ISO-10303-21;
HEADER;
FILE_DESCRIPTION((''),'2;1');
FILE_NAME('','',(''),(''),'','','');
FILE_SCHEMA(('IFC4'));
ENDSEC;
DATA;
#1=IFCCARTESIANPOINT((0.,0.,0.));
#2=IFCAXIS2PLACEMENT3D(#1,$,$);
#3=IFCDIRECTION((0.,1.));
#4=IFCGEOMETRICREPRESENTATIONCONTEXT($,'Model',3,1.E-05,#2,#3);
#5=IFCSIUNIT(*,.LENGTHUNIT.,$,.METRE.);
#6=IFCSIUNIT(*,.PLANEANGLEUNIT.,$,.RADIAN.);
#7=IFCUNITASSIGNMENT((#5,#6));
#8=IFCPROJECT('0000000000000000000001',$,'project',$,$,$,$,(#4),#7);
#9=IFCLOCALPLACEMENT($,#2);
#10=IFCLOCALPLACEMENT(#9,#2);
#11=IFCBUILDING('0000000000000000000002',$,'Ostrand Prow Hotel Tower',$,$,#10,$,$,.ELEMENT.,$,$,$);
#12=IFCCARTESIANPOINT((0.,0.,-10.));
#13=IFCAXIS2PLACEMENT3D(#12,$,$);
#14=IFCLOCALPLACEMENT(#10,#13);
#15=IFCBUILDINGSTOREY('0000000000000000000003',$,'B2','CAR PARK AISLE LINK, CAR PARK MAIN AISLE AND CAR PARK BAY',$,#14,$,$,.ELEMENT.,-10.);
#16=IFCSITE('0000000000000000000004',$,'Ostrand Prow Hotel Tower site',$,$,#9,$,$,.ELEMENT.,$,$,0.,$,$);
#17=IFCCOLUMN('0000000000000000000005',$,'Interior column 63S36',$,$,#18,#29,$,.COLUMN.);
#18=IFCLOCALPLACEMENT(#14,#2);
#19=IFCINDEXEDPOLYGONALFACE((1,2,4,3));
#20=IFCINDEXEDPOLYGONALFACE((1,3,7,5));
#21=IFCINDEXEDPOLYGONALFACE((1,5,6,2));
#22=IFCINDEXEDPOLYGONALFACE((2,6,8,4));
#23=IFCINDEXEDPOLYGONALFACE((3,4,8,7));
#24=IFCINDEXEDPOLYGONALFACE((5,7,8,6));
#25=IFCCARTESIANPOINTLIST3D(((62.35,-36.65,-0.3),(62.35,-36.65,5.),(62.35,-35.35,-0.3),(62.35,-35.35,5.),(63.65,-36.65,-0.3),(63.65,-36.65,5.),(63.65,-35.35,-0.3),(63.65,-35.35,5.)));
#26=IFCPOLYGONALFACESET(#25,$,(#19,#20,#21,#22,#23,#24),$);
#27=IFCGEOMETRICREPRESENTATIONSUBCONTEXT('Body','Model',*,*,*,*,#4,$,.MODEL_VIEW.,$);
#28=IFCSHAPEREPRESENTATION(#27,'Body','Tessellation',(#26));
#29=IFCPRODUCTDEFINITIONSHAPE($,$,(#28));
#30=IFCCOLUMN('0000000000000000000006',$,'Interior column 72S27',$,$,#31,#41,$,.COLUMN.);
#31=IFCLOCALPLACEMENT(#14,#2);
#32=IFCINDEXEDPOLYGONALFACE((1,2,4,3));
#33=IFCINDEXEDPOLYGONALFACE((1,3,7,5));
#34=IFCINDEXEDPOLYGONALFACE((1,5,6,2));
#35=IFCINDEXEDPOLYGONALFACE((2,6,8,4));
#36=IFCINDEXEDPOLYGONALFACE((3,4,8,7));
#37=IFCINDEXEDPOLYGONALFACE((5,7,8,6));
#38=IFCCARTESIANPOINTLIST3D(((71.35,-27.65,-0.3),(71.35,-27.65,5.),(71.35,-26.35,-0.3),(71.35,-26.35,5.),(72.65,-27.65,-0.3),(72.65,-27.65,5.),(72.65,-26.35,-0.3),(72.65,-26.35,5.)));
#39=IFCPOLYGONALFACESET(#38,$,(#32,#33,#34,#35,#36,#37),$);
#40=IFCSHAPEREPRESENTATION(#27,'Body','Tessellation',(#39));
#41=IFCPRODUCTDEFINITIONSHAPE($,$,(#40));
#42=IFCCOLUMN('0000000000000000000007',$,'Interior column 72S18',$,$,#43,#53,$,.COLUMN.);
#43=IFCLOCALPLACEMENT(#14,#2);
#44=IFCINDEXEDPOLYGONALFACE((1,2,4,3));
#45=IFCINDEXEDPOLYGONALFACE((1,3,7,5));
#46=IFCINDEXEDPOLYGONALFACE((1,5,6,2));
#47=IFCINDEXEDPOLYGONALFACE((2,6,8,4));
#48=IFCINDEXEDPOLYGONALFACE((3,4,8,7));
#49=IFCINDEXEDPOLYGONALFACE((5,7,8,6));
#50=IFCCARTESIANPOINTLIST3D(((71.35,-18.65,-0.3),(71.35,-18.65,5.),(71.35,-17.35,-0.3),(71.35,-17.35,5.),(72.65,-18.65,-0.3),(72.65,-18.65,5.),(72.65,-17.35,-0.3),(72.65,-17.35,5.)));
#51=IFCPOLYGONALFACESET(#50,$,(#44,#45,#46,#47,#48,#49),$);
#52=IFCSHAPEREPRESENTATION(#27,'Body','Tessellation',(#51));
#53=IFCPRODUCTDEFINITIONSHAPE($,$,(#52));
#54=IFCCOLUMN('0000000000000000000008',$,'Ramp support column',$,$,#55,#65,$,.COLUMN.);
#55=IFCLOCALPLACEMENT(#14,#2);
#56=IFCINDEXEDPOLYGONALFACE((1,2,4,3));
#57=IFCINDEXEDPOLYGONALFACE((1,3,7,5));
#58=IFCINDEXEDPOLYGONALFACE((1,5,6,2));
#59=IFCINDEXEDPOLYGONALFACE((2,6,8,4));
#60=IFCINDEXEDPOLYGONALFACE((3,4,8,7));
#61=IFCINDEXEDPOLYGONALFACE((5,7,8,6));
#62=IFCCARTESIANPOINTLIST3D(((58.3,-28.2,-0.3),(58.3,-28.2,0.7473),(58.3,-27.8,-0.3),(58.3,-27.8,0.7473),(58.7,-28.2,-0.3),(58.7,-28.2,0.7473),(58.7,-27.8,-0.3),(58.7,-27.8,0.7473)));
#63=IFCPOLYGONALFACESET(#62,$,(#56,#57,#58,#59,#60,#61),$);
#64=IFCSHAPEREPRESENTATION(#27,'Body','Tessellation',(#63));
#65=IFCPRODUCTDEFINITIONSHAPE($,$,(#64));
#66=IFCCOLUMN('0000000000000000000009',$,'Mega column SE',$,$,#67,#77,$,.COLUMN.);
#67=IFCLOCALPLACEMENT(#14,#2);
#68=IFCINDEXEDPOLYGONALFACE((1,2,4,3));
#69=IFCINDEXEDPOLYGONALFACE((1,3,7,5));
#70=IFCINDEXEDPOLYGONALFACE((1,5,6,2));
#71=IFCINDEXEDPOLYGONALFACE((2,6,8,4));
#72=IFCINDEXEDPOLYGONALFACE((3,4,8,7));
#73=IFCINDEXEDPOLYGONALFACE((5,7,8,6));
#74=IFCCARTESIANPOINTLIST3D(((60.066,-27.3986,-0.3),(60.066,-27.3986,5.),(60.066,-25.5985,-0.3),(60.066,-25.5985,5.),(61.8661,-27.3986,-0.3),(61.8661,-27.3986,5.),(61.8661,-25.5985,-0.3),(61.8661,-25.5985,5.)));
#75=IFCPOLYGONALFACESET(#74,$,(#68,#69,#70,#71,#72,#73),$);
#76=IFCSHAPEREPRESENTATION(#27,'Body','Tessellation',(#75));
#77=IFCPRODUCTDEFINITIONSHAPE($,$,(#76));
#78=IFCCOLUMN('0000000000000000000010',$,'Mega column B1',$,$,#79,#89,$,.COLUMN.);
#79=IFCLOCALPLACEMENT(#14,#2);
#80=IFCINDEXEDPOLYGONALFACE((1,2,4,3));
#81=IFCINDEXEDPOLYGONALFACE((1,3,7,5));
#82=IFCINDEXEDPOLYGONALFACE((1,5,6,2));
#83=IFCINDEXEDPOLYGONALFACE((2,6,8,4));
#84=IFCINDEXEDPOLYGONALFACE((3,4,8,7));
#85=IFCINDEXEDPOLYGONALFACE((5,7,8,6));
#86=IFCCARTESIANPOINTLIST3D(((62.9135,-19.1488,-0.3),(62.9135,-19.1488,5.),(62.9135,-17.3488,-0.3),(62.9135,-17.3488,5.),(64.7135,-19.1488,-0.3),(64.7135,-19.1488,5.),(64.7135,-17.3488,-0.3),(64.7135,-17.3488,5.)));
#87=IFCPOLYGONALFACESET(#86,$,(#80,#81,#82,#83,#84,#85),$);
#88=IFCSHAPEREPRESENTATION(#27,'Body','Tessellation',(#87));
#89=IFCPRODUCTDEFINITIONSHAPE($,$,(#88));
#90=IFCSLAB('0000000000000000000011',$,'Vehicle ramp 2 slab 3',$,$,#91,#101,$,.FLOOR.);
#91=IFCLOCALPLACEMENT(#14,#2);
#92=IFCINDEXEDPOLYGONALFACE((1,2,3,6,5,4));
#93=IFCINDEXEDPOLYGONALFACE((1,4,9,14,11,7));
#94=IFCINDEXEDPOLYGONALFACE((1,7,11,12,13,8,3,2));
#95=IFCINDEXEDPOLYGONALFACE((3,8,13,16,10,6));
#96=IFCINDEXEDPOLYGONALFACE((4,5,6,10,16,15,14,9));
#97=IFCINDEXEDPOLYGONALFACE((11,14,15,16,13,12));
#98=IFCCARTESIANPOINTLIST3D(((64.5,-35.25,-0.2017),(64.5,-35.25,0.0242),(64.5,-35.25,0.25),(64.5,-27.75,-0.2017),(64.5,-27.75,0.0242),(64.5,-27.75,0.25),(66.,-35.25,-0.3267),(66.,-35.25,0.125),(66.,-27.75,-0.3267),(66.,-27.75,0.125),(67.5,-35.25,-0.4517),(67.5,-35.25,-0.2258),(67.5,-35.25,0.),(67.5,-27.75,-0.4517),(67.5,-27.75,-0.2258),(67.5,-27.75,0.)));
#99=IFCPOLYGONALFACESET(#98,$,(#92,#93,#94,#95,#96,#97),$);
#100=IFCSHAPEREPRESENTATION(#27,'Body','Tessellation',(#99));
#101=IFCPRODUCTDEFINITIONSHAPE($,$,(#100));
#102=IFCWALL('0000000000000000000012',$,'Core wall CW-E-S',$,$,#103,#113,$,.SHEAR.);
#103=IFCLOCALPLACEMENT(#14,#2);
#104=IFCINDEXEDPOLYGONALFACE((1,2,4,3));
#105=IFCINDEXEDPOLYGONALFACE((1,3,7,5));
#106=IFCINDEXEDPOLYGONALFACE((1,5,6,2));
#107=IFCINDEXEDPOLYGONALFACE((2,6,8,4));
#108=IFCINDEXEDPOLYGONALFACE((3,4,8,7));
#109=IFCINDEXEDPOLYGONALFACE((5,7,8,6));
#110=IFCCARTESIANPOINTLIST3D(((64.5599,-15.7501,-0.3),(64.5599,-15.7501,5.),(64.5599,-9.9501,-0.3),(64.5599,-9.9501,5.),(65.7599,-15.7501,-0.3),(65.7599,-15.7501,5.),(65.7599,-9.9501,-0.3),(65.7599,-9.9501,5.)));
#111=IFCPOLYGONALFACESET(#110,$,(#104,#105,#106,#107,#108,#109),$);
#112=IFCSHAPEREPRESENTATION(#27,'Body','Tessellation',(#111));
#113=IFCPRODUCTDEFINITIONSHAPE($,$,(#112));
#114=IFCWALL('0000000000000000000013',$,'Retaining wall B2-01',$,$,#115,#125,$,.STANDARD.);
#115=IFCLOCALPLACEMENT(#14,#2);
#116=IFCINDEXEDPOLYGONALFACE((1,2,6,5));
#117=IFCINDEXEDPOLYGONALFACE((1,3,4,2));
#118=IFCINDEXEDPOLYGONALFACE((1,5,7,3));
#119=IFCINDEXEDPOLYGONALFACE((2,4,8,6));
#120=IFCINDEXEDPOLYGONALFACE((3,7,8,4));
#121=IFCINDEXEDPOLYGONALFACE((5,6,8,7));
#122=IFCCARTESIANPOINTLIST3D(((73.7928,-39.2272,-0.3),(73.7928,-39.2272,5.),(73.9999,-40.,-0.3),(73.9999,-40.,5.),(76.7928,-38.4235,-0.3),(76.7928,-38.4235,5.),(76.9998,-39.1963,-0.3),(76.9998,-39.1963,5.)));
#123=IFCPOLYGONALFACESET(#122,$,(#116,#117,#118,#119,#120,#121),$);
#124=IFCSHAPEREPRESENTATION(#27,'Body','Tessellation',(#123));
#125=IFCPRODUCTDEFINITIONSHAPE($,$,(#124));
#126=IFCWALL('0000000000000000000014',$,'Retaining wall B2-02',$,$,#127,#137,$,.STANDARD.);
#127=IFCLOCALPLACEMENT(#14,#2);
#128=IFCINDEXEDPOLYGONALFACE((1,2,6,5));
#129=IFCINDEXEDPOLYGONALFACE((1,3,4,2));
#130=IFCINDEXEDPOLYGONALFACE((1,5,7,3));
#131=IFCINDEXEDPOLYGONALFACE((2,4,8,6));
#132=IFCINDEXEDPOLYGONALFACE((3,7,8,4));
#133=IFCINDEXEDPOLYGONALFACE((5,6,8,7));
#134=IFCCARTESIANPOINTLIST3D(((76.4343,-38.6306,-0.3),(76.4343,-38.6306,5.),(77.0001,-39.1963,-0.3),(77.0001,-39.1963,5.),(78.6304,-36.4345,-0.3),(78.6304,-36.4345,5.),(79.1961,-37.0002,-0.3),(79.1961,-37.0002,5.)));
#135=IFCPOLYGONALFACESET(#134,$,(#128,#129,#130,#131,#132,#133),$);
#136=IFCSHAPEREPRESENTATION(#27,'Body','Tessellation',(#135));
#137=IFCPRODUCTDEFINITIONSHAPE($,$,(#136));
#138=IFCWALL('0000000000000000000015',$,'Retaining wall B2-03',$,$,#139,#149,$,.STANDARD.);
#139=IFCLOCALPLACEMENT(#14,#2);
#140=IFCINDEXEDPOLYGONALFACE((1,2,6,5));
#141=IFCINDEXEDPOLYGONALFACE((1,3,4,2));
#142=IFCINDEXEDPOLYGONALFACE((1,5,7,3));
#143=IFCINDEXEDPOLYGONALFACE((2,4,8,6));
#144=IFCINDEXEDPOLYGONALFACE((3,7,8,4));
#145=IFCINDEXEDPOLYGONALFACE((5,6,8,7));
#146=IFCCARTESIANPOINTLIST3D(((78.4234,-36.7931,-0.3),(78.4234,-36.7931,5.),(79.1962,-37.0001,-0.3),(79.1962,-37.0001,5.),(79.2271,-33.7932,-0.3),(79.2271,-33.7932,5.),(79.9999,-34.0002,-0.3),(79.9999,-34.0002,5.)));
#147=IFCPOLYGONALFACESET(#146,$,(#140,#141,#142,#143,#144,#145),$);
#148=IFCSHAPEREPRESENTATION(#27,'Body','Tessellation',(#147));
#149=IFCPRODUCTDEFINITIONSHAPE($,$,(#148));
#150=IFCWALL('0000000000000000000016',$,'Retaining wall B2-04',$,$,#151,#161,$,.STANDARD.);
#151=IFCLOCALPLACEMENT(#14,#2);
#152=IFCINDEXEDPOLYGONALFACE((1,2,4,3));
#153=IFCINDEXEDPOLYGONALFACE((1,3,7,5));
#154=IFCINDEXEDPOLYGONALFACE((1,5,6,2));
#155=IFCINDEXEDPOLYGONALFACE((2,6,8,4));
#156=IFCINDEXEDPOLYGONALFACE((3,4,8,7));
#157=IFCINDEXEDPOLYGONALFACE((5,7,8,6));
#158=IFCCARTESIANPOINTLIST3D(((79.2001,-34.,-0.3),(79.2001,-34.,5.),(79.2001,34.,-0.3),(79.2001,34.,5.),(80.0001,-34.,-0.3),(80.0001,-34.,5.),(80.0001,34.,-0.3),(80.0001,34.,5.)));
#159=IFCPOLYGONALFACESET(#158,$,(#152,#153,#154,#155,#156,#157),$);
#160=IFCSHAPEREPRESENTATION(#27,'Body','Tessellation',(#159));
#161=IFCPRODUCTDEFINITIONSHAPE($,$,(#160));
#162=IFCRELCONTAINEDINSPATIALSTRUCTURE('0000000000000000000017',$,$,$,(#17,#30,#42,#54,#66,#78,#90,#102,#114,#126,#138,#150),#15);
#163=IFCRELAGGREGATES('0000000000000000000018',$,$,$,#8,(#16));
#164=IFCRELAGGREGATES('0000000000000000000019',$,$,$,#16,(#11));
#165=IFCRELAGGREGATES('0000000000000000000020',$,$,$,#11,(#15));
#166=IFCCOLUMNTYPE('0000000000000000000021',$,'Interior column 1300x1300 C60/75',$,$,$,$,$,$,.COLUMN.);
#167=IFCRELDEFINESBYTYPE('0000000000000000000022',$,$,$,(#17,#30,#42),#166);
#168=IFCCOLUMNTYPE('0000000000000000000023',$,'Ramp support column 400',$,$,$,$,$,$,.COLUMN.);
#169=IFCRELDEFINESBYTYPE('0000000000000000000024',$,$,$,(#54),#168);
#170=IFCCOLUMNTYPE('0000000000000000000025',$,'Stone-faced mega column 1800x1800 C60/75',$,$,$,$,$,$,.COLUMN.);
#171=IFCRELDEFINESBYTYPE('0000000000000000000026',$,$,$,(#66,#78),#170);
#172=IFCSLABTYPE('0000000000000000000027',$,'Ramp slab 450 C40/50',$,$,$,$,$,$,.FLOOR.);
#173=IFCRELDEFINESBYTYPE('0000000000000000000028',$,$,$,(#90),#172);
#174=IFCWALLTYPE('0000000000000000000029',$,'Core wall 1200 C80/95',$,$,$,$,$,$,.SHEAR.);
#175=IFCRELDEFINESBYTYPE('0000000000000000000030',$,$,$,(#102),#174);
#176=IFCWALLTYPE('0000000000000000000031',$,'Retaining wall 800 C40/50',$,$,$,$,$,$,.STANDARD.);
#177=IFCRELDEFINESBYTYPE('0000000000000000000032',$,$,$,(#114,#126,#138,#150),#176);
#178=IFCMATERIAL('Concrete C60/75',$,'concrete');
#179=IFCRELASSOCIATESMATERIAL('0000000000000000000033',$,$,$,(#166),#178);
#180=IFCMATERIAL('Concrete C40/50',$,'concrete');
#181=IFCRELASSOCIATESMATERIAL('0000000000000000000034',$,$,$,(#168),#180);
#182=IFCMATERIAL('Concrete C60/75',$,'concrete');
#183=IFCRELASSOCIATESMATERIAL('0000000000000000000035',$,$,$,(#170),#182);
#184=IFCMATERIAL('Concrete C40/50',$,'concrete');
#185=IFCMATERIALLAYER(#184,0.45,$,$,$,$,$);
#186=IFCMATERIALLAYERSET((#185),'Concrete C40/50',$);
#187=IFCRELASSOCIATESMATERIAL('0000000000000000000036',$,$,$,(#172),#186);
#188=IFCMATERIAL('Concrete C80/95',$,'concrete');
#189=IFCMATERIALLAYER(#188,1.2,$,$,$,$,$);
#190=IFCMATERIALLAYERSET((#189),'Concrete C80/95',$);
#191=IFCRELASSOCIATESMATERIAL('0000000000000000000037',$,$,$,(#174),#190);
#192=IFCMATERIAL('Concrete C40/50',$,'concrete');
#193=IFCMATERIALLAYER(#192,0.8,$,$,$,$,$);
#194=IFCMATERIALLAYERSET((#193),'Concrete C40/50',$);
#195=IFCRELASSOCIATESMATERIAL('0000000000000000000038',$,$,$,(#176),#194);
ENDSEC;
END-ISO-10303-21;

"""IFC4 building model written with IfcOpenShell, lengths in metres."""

from ifc_helpers import new_model, si_unit, direction, frame, frame_2d, origin, origin_2d, place, context, subcontext, project, spatial, polyline, rectangle, outline, extrude, material, layer, layer_set, material_profile, profile_set, type_object, element, save


model = new_model("IFC4")

# Units and contexts
model_context = context("Model", 3, precision=1e-05, world=origin(), true_north=direction((0.0, 1.0)))
body_context = subcontext(model_context, "Body", "Model", "MODEL_VIEW")
ifc_project = project(units=[si_unit("LENGTHUNIT", "METRE"), si_unit("PLANEANGLEUNIT", "RADIAN")], contexts=[model_context])

# Site, building, storey
site_placement = place(None, origin())
site = spatial("IfcSite", under=ifc_project, at=site_placement, Name="Ostrand Prow Hotel Tower site", CompositionType="ELEMENT", RefElevation=0.0)
building_placement = place(site_placement, origin())
building = spatial("IfcBuilding", under=site, at=building_placement, Name="Ostrand Prow Hotel Tower", CompositionType="ELEMENT")
storey_placement = place(building_placement, frame((0.0, 0.0, -10.0)))
storey = spatial("IfcBuildingStorey", under=building, at=storey_placement, Name="B2", Description="CAR PARK AISLE LINK, CAR PARK MAIN AISLE AND CAR PARK BAY", CompositionType="ELEMENT", Elevation=-10.0)

# Columns
ifc_material_1 = material(Name="Concrete C60/75", Category="concrete")
ifc_material_profile_1 = material_profile(ifc_material_1, rectangle(XDim=1.3, YDim=1.3, at=origin_2d()), Name="RC 1300x1300")
ifc_profile_set_1 = profile_set([ifc_material_profile_1], Name="Concrete C60/75")
column_type_1 = type_object("IfcColumnType", Name="Interior column 1300x1300 C60/75", PredefinedType="COLUMN", material=ifc_profile_set_1)
for number, where, z_axis, x_axis, name in (
    (1, (63.0, -36.0, -0.3), (0.0, 0.0, 1.0), (1.0, 0.0, 0.0), "Interior column 63S36"),
    (2, (72.0, -27.0, -0.3), (0.0, 0.0, 1.0), (1.0, 0.0, 0.0), "Interior column 72S27"),
    (3, (72.0, -18.0, -0.3), (0.0, 0.0, 1.0), (1.0, 0.0, 0.0), "Interior column 72S18"),
):
    element("IfcColumn", number, at=place(storey_placement, frame(where, z_axis=z_axis, x_axis=x_axis)), inside=storey, type_object=column_type_1, Name=name, PredefinedType="COLUMN", context=body_context, shape_type="SweptSolid", body=[
        extrude(rectangle(XDim=1.3, YDim=1.3, at=origin_2d()), origin(), (0.0, 0.0, 1.0), 5.3),
    ])
ifc_material_2 = material(Name="Concrete C40/50", Category="concrete")
ifc_material_profile_2 = material_profile(ifc_material_2, rectangle(XDim=0.3999, YDim=0.3999, at=origin_2d()), Name="Ramp support column 400")
ifc_profile_set_2 = profile_set([ifc_material_profile_2], Name="Concrete C40/50")
column_type_2 = type_object("IfcColumnType", Name="Ramp support column 400", PredefinedType="COLUMN", material=ifc_profile_set_2)
column_placement = place(storey_placement, frame((58.5, -28.0, -0.3), z_axis=(0.0, 0.0, 1.0), x_axis=(1.0, 0.0, 0.0)))
element("IfcColumn", 4, at=column_placement, inside=storey, type_object=column_type_2, Name="Ramp support column", PredefinedType="COLUMN", context=body_context, shape_type="SweptSolid", body=[
    extrude(rectangle(XDim=0.3999, YDim=0.3999, at=origin_2d()), origin(), (0.0, 0.0, 1.0), 1.0474),
])
ifc_material_3 = material(Name="Concrete C60/75", Category="concrete")
ifc_material_profile_3 = material_profile(ifc_material_3, rectangle(XDim=1.8, YDim=1.8, at=origin_2d()), Name="RC 1800x1800")
ifc_profile_set_3 = profile_set([ifc_material_profile_3], Name="Concrete C60/75")
column_type_3 = type_object("IfcColumnType", Name="Stone-faced mega column 1800x1800 C60/75", PredefinedType="COLUMN", material=ifc_profile_set_3)
for number, where, z_axis, x_axis, name in (
    (5, (60.9661, -26.4985, -0.3), (0.0, 0.0, 1.0), (1.0, 0.0, 0.0), "Mega column SE"),
    (6, (63.8135, -18.2488, -0.3), (0.0, 0.0, 1.0), (1.0, 0.0, 0.0), "Mega column B1"),
):
    element("IfcColumn", number, at=place(storey_placement, frame(where, z_axis=z_axis, x_axis=x_axis)), inside=storey, type_object=column_type_3, Name=name, PredefinedType="COLUMN", context=body_context, shape_type="SweptSolid", body=[
        extrude(rectangle(XDim=1.8, YDim=1.8, at=origin_2d()), origin(), (0.0, 0.0, 1.0), 5.3),
    ])

# Slab
ifc_material_4 = material(Name="Concrete C40/50", Category="concrete")
ifc_layer_1 = layer(ifc_material_4, 0.45)
ifc_layer_set_1 = layer_set([ifc_layer_1], Name="Concrete C40/50")
slab_type = type_object("IfcSlabType", Name="Ramp slab 450 C40/50", PredefinedType="FLOOR", material=ifc_layer_set_1)
slab_placement = place(storey_placement, frame((64.5, -31.5, 0.25), z_axis=(0.0, 0.0, 1.0), x_axis=(1.0, 0.0, 0.0)))
element("IfcSlab", 7, at=slab_placement, inside=storey, type_object=slab_type, Name="Vehicle ramp 2 slab 3", PredefinedType="FLOOR", context=body_context, shape_type="SweptSolid", body=[
    extrude(outline(polyline([(0.0, 0.0), (1.5, -0.125), (3.0, -0.25), (3.0, -0.4758), (3.0, -0.7017), (1.5, -0.5767), (0.0, -0.4517), (0.0, -0.2258), (0.0, 0.0)])), frame((0.0, 3.75, 0.0), z_axis=(0.0, -1.0, 0.0), x_axis=(1.0, 0.0, 0.0)), (0.0, 0.0, 1.0), 7.5),
])

# Walls
ifc_material_5 = material(Name="Concrete C80/95", Category="concrete")
ifc_layer_2 = layer(ifc_material_5, 1.2)
ifc_layer_set_2 = layer_set([ifc_layer_2], Name="Concrete C80/95")
wall_type_1 = type_object("IfcWallType", Name="Core wall 1200 C80/95", PredefinedType="SHEAR", material=ifc_layer_set_2)
wall_1_placement = place(storey_placement, frame((65.1599, -15.75, -0.3), z_axis=(0.0, 0.0, 1.0), x_axis=(0.0, 1.0, 0.0)))
element("IfcWall", 8, at=wall_1_placement, inside=storey, type_object=wall_type_1, Name="Core wall CW-E-S", PredefinedType="SHEAR", context=body_context, shape_type="SweptSolid", body=[
    extrude(rectangle(XDim=5.8, YDim=1.2, at=frame_2d((2.8999, 0.0))), origin(), (0.0, 0.0, 1.0), 5.3),
])
ifc_material_6 = material(Name="Concrete C40/50", Category="concrete")
ifc_layer_3 = layer(ifc_material_6, 0.8)
ifc_layer_set_3 = layer_set([ifc_layer_3], Name="Concrete C40/50")
wall_type_2 = type_object("IfcWallType", Name="Retaining wall 800 C40/50", PredefinedType="STANDARD", material=ifc_layer_set_3)
for number, where, z_axis, x_axis, name in (
    (9, (73.8965, -39.6135, -0.3), (0.0, 0.0, 1.0), (0.965937, 0.258778, 0.0), "Retaining wall B2-01"),
    (10, (76.7173, -38.9133, -0.3), (0.0, 0.0, 1.0), (0.707107, 0.707107, 0.0), "Retaining wall B2-02"),
    (11, (78.8098, -36.8965, -0.3), (0.0, 0.0, 1.0), (0.258778, 0.965937, 0.0), "Retaining wall B2-03"),
):
    element("IfcWall", number, at=place(storey_placement, frame(where, z_axis=z_axis, x_axis=x_axis)), inside=storey, type_object=wall_type_2, Name=name, PredefinedType="STANDARD", context=body_context, shape_type="SweptSolid", body=[
        extrude(rectangle(XDim=3.1057, YDim=0.8, at=frame_2d((1.5527, 0.0))), origin(), (0.0, 0.0, 1.0), 5.3),
    ])
wall_2_placement = place(storey_placement, frame((79.6001, -34.0, -0.3), z_axis=(0.0, 0.0, 1.0), x_axis=(0.0, 1.0, 0.0)))
element("IfcWall", 12, at=wall_2_placement, inside=storey, type_object=wall_type_2, Name="Retaining wall B2-04", PredefinedType="STANDARD", context=body_context, shape_type="SweptSolid", body=[
    extrude(rectangle(XDim=68.0, YDim=0.8, at=frame_2d((34.0, 0.0))), origin(), (0.0, 0.0, 1.0), 5.3),
])

save(model, "model.ifc")
